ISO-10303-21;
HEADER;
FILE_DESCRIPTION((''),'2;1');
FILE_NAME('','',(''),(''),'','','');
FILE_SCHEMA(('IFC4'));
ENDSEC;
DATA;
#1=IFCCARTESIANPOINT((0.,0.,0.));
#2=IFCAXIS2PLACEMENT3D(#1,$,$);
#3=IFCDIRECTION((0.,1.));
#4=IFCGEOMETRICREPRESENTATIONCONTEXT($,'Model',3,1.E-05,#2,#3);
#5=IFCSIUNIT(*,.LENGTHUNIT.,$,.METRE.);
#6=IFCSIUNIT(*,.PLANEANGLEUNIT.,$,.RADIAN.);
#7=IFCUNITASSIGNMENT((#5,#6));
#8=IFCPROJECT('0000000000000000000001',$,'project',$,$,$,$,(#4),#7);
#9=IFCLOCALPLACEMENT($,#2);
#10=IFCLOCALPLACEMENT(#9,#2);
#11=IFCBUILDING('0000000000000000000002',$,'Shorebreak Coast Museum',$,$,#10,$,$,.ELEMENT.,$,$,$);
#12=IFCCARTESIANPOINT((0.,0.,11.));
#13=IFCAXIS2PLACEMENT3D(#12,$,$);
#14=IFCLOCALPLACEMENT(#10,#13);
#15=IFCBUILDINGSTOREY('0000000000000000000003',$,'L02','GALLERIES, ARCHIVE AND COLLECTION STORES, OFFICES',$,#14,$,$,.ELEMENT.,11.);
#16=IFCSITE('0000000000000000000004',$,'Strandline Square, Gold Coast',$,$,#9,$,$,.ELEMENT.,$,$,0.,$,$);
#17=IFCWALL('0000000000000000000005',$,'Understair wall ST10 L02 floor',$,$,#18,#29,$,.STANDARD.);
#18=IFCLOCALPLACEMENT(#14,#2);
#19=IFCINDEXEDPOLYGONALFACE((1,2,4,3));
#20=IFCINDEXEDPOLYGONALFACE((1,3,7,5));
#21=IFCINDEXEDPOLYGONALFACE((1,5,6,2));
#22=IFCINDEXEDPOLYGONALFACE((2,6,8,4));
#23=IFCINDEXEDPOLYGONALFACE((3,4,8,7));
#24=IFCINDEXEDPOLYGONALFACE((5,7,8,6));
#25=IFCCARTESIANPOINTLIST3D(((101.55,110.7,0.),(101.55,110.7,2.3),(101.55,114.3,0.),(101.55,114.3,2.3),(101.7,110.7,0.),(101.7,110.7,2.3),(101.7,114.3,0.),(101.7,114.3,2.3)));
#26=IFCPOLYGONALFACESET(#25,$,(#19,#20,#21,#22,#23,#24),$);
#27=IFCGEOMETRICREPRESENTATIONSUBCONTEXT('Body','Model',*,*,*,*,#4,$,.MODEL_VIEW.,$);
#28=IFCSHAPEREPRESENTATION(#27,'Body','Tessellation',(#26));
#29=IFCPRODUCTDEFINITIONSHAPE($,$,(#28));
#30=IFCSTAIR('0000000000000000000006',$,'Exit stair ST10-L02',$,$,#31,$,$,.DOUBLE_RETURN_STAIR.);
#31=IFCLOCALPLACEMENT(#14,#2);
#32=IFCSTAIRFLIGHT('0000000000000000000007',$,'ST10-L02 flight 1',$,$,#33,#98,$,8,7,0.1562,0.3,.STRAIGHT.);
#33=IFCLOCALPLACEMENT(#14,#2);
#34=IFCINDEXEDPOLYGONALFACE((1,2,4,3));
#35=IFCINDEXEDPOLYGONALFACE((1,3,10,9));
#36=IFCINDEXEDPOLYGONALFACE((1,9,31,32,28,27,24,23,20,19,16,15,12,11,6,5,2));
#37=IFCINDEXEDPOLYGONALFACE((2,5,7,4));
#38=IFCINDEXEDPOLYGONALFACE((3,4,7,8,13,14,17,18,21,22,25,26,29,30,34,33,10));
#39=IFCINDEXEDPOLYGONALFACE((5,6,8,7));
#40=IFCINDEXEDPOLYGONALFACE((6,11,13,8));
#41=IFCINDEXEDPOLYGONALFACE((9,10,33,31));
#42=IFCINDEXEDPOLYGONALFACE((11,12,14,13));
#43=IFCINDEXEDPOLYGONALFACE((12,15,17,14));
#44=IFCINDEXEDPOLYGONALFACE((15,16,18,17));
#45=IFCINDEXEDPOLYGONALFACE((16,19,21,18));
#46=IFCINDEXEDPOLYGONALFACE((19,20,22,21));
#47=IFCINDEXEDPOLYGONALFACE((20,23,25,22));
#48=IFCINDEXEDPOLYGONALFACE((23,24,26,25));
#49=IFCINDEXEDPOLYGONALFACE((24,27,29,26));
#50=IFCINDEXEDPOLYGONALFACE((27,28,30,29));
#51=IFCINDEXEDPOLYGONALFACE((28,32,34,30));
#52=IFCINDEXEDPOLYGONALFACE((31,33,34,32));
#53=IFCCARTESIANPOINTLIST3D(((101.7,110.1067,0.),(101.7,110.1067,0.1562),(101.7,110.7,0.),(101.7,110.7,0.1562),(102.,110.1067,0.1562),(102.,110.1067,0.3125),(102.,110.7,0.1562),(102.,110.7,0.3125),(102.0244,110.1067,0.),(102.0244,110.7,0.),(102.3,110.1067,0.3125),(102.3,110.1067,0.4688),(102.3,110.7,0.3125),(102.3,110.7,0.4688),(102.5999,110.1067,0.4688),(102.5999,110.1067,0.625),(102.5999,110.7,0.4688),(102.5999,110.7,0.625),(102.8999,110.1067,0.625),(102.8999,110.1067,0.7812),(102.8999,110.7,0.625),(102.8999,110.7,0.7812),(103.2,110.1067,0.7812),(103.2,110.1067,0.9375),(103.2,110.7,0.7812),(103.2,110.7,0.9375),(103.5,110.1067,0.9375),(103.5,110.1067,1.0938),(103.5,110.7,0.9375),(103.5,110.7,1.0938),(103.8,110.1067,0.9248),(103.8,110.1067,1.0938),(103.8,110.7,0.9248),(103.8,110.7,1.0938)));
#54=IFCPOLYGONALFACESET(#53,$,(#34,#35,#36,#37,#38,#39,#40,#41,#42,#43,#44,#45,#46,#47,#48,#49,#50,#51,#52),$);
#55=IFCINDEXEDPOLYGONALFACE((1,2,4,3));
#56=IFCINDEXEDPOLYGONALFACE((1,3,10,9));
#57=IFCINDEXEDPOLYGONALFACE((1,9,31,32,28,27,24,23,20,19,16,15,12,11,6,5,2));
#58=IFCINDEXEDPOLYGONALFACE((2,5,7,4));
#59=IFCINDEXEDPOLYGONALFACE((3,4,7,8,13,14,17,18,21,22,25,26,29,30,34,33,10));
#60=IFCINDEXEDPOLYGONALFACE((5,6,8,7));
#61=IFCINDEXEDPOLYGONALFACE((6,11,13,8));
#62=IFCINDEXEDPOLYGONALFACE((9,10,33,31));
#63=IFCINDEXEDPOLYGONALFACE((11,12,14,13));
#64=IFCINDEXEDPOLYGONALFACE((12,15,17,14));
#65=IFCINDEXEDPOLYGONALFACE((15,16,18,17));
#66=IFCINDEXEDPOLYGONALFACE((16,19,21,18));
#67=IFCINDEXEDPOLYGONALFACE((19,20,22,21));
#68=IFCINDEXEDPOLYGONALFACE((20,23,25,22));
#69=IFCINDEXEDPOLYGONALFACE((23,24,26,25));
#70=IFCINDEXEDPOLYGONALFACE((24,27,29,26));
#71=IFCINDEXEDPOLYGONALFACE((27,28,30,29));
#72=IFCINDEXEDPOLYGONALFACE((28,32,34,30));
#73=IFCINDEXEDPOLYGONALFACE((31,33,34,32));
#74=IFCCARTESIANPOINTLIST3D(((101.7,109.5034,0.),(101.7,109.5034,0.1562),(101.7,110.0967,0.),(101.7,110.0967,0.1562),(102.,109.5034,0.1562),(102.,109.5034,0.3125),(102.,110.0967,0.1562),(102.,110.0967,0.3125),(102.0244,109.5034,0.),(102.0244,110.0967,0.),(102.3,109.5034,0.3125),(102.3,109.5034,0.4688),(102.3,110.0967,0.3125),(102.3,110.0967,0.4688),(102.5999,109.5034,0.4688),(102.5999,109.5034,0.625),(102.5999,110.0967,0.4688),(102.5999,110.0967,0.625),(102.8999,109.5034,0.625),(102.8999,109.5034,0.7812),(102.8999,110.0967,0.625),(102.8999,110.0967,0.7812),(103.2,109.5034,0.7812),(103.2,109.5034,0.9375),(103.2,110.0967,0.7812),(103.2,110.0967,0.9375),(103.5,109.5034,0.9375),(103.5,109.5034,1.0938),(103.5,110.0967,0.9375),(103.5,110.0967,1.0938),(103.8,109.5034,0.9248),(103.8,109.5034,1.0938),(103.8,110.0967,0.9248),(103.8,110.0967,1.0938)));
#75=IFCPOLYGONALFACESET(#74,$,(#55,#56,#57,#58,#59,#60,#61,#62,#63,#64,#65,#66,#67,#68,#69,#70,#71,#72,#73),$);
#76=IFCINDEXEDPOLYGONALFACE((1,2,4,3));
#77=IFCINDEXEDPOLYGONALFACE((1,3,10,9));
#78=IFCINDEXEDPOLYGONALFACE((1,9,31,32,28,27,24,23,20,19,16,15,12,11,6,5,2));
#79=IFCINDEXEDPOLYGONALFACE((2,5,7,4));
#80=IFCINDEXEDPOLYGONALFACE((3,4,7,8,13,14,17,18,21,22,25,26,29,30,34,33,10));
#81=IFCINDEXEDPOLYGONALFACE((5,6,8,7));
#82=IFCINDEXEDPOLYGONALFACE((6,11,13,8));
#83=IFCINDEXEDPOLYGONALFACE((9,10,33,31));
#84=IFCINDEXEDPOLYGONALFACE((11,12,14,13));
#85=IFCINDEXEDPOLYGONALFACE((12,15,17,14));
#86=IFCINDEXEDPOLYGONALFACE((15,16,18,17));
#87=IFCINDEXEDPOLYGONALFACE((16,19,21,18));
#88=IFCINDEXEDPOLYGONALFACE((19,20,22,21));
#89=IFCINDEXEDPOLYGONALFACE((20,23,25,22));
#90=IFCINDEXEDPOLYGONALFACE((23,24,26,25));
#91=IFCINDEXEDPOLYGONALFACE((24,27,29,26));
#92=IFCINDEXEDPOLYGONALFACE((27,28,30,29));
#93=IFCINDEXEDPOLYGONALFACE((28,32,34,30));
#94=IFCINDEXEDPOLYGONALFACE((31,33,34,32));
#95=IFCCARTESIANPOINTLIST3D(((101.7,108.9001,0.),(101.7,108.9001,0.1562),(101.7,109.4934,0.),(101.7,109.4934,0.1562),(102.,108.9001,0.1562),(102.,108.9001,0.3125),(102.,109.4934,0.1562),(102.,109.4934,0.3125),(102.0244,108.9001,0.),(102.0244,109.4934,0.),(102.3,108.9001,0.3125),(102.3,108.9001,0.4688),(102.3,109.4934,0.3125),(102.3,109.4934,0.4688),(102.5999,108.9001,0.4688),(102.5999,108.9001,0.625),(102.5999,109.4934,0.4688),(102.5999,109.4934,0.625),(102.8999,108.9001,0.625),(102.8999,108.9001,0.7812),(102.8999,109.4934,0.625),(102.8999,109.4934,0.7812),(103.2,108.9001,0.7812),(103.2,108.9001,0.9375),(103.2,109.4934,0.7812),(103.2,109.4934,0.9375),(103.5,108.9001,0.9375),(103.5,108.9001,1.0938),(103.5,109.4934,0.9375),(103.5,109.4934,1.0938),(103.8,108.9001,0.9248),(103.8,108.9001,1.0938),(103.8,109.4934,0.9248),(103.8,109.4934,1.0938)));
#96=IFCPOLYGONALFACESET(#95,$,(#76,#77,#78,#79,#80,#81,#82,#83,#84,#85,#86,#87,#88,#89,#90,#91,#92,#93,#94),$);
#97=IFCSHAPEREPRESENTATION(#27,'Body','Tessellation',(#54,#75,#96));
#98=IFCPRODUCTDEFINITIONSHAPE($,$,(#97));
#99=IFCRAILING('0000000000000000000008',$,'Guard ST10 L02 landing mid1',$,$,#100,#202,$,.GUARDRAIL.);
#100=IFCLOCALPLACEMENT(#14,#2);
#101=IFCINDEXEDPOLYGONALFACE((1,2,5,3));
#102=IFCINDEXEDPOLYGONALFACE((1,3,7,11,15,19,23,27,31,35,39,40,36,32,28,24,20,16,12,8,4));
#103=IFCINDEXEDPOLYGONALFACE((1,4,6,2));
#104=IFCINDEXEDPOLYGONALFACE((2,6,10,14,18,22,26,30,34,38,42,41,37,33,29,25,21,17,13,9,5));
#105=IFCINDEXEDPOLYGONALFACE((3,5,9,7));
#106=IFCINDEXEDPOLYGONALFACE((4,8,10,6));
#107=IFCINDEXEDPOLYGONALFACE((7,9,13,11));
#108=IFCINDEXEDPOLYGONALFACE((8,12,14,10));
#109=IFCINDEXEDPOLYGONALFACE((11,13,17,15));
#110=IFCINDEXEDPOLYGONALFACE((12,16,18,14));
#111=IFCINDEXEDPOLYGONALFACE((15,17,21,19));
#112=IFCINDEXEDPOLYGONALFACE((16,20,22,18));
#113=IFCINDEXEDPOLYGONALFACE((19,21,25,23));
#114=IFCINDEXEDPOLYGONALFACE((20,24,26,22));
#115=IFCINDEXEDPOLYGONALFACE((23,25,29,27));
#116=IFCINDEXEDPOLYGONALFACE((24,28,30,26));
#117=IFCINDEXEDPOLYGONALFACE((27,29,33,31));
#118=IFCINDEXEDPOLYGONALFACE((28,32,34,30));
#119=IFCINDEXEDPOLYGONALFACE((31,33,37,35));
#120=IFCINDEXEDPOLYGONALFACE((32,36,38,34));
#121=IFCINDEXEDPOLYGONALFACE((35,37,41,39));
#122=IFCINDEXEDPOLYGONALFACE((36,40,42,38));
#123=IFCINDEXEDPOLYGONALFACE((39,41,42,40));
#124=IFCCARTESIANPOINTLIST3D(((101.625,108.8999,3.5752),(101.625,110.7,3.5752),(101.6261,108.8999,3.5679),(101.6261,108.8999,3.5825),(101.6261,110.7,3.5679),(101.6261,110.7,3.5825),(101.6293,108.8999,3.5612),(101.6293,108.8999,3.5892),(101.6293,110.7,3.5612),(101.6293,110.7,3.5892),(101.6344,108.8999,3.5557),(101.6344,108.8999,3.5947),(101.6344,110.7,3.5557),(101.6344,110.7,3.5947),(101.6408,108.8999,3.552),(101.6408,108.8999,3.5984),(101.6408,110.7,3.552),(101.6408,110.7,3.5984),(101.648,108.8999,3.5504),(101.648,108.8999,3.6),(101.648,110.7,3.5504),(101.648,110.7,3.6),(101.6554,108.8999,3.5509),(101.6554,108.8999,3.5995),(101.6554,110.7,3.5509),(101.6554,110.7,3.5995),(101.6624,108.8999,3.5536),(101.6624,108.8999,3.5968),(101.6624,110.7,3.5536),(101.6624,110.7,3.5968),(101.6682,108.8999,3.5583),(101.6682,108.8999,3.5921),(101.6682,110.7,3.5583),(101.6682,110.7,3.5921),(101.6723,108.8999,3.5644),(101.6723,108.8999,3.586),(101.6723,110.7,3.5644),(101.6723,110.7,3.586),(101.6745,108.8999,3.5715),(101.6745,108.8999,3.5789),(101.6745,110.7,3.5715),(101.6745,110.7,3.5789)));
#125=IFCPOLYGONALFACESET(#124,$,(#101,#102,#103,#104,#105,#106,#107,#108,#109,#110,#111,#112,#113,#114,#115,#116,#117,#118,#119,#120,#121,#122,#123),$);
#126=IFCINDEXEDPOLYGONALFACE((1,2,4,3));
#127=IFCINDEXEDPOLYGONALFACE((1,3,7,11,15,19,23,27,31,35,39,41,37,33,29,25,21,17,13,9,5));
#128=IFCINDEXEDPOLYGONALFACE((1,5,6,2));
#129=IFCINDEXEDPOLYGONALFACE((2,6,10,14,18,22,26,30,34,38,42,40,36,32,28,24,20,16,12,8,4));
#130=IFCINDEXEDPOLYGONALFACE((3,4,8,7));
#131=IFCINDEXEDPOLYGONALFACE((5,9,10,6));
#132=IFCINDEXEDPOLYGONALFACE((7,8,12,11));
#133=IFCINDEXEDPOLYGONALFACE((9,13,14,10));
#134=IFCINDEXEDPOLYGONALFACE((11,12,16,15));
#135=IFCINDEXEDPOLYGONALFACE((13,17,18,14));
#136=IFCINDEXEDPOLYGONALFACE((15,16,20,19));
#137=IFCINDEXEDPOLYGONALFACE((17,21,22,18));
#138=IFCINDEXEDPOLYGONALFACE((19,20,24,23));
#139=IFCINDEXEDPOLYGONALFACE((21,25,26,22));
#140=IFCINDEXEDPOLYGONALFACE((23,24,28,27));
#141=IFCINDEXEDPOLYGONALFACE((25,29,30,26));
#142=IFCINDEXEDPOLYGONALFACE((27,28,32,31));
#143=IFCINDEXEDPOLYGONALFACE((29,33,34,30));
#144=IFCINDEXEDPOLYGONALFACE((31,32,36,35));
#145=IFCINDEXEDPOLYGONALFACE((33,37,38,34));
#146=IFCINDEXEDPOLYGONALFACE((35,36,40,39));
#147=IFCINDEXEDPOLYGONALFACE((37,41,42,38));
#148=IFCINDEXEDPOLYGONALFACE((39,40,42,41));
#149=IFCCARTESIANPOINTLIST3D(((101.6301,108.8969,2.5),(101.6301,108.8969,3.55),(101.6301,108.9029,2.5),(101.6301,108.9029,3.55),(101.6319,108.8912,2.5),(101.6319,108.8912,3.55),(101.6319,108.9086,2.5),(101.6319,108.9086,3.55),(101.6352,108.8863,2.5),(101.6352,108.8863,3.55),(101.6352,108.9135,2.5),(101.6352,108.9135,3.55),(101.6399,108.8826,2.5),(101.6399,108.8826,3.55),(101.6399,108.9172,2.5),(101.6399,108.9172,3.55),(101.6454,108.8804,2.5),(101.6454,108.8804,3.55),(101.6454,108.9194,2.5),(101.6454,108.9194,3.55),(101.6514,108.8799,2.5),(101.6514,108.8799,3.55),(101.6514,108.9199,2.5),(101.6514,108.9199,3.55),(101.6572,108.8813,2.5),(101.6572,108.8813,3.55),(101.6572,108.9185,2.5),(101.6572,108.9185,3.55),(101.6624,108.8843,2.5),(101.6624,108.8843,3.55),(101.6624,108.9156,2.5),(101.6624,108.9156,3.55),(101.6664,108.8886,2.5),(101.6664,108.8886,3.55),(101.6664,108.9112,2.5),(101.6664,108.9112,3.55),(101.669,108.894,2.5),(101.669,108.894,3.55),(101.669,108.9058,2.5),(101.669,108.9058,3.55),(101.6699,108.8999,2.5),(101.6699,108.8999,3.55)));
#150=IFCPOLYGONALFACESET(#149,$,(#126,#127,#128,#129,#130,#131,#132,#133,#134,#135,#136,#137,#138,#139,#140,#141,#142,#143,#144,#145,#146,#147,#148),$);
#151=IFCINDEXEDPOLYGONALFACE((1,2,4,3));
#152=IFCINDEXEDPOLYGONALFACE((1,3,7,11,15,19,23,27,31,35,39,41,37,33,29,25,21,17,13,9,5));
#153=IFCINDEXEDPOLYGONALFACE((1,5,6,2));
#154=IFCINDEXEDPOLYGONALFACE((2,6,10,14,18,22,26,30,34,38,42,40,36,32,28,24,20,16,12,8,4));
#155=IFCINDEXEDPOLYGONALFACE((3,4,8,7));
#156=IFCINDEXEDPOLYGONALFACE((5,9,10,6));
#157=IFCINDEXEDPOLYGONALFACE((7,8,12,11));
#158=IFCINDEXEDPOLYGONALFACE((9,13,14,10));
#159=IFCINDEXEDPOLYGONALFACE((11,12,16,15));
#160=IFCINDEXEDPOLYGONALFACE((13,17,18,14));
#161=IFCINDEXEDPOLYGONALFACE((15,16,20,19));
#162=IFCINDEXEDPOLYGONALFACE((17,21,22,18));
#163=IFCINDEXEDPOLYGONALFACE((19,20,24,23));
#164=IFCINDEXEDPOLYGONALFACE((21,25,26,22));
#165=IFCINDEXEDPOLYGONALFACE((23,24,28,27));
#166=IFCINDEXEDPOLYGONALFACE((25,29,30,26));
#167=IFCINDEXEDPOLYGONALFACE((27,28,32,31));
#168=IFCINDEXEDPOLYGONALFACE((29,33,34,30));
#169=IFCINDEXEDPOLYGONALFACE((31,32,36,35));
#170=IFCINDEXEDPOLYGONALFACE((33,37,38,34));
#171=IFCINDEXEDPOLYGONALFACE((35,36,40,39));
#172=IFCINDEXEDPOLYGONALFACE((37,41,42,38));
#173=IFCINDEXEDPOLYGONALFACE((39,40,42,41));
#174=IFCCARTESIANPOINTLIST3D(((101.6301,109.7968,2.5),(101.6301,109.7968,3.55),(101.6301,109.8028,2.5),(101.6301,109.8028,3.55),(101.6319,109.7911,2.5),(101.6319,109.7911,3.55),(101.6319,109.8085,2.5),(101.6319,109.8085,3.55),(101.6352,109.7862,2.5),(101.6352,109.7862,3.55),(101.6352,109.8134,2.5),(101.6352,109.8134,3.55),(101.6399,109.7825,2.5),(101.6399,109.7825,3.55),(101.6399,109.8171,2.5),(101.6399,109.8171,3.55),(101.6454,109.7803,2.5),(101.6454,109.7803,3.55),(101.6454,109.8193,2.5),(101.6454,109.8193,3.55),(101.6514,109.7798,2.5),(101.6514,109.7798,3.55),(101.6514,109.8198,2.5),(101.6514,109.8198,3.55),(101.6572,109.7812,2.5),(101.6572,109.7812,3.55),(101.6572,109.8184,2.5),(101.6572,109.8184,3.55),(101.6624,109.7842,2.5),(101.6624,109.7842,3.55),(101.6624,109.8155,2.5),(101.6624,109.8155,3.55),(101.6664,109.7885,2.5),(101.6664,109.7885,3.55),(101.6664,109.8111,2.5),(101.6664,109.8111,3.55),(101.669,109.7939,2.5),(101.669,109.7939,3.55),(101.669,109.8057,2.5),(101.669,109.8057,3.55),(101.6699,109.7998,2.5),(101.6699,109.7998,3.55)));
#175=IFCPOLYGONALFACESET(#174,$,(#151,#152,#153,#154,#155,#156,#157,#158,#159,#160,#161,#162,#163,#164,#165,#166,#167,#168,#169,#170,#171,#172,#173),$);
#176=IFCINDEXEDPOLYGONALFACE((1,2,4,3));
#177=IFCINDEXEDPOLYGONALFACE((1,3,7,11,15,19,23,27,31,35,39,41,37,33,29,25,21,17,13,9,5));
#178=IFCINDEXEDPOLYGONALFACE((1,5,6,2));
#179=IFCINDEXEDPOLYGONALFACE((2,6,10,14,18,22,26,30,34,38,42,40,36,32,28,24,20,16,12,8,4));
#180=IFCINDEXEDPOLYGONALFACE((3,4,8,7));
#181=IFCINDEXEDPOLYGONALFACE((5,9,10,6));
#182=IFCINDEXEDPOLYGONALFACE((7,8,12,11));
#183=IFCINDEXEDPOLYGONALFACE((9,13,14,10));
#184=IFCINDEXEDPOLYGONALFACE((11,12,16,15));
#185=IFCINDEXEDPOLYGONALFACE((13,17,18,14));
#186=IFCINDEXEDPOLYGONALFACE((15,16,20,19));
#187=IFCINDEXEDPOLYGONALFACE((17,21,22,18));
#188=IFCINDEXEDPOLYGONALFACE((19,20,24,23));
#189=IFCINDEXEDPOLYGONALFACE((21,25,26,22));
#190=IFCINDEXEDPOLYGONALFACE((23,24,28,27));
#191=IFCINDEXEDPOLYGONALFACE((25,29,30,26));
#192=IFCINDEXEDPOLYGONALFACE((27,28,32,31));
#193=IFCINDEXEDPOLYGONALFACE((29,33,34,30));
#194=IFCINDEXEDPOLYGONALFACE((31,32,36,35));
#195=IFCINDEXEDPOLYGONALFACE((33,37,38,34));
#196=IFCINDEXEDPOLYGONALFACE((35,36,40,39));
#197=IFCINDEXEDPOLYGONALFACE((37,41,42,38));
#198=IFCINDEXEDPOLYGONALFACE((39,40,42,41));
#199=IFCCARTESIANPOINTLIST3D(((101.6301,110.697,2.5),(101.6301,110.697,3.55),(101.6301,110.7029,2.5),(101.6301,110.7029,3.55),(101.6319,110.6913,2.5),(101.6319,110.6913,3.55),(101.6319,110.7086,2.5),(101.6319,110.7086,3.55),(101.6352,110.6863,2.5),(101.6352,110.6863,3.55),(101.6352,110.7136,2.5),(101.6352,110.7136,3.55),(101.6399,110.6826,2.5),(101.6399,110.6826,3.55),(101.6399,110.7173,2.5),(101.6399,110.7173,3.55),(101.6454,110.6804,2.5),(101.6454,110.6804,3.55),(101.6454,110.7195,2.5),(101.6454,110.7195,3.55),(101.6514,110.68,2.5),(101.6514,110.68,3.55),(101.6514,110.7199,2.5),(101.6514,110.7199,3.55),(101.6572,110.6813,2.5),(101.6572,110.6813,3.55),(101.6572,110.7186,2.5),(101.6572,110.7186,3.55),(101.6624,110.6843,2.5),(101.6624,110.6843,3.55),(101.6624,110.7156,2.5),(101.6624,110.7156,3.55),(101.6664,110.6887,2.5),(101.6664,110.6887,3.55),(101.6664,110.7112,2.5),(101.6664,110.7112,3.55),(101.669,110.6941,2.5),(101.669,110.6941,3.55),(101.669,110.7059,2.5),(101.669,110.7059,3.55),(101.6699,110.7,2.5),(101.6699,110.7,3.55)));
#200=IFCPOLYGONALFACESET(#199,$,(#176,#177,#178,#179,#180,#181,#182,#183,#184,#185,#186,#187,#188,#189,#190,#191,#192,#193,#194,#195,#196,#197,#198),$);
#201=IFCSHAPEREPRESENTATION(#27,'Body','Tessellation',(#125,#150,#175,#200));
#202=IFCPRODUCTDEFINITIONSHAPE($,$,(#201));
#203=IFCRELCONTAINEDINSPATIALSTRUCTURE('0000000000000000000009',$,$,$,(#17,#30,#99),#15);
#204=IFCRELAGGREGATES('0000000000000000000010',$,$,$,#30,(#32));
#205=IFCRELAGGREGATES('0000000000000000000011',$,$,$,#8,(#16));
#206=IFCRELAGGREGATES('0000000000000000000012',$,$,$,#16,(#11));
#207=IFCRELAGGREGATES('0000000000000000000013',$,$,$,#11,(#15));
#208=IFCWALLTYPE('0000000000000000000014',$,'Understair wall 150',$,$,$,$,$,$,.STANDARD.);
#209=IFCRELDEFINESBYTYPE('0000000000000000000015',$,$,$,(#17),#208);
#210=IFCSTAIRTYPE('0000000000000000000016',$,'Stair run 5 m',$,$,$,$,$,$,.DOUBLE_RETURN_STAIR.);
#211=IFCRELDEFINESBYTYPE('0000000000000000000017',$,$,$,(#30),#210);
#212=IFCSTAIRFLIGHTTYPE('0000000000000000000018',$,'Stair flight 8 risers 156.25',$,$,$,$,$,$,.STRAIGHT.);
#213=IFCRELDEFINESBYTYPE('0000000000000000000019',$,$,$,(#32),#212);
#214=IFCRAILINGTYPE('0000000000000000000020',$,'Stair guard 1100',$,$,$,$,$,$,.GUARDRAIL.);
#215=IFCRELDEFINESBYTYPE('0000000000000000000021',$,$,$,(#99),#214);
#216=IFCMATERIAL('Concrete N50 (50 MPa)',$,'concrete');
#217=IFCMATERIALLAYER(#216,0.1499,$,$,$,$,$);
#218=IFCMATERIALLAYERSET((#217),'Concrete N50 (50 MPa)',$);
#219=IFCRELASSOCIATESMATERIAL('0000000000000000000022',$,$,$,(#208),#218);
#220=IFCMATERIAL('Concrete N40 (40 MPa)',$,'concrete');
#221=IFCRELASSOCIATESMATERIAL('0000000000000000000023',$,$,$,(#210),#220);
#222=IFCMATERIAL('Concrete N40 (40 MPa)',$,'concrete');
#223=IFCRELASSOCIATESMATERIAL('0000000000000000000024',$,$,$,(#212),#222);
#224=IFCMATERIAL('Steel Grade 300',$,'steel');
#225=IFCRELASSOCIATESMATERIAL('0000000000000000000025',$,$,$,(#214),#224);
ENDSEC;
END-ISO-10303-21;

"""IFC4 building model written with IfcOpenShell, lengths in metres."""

from ifc_helpers import new_model, si_unit, direction, frame, frame_2d, origin, origin_2d, place, context, subcontext, project, spatial, polyline, rectangle, circle, outline, extrude, material, layer, layer_set, type_object, element, aggregate, save


model = new_model("IFC4")

# Units and contexts
model_context = context("Model", 3, precision=1e-05, world=origin(), true_north=direction((0.0, 1.0)))
body_context = subcontext(model_context, "Body", "Model", "MODEL_VIEW")
ifc_project = project(units=[si_unit("LENGTHUNIT", "METRE"), si_unit("PLANEANGLEUNIT", "RADIAN")], contexts=[model_context])

# Site, building, storey
site_placement = place(None, origin())
site = spatial("IfcSite", under=ifc_project, at=site_placement, Name="Strandline Square, Gold Coast", CompositionType="ELEMENT", RefElevation=0.0)
building_placement = place(site_placement, origin())
building = spatial("IfcBuilding", under=site, at=building_placement, Name="Shorebreak Coast Museum", CompositionType="ELEMENT")
storey_placement = place(building_placement, frame((0.0, 0.0, 11.0)))
storey = spatial("IfcBuildingStorey", under=building, at=storey_placement, Name="L02", Description="GALLERIES, ARCHIVE AND COLLECTION STORES, OFFICES", CompositionType="ELEMENT", Elevation=11.0)

# Wall
ifc_material_1 = material(Name="Concrete N50 (50 MPa)", Category="concrete")
ifc_layer_1 = layer(ifc_material_1, 0.1499)
ifc_layer_set_1 = layer_set([ifc_layer_1], Name="Concrete N50 (50 MPa)")
wall_type_1 = type_object("IfcWallType", Name="Understair wall 150", PredefinedType="STANDARD", material=ifc_layer_set_1)
wall_1_placement = place(storey_placement, frame((101.625, 110.7, 0.0), z_axis=(0.0, 0.0, 1.0), x_axis=(0.0, 1.0, 0.0)))
element("IfcWall", 1, at=wall_1_placement, inside=storey, type_object=wall_type_1, Name="Understair wall ST10 L02 floor", PredefinedType="STANDARD", context=body_context, shape_type="SweptSolid", body=[
    extrude(rectangle(XDim=3.6001, YDim=0.1499, at=frame_2d((1.8, 0.0))), origin(), (0.0, 0.0, 1.0), 2.3),
])

# Stair, stair flight
ifc_material_2 = material(Name="Concrete N40 (40 MPa)", Category="concrete")
stair_type = type_object("IfcStairType", Name="Stair run 5 m", PredefinedType="DOUBLE_RETURN_STAIR", material=ifc_material_2)
stair_placement = place(storey_placement, origin())
stair = element("IfcStair", 2, at=stair_placement, inside=storey, type_object=stair_type, Name="Exit stair ST10-L02", PredefinedType="DOUBLE_RETURN_STAIR")
ifc_material_3 = material(Name="Concrete N40 (40 MPa)", Category="concrete")
stair_flight_type = type_object("IfcStairFlightType", Name="Stair flight 8 risers 156.25", PredefinedType="STRAIGHT", material=ifc_material_3)
stair_flight_placement = place(storey_placement, frame((101.7, 109.8, 0.0), z_axis=(0.0, 0.0, 1.0), x_axis=(1.0, 0.0, 0.0)))
stair_flight = element("IfcStairFlight", 3, at=stair_flight_placement, type_object=stair_flight_type, Name="ST10-L02 flight 1", NumberOfRisers=8, NumberOfTreads=7, PredefinedType="STRAIGHT", RiserHeight=0.1562, TreadLength=0.3, context=body_context, shape_type="SweptSolid", body=[
    extrude(outline(polyline([(0.0, 0.0), (0.0, 0.1562), (0.3, 0.1562), (0.3, 0.3125), (0.6001, 0.3125), (0.6001, 0.4688), (0.8999, 0.4688), (0.8999, 0.625), (1.2, 0.625), (1.2, 0.7812), (1.5, 0.7812), (1.5, 0.9375), (1.8, 0.9375), (1.8, 1.0938), (2.1001, 1.0938), (2.1001, 1.25), (2.1001, 0.9248), (0.3245, 0.0), (0.0, 0.0)])), frame((0.0, 0.8999, 0.0), z_axis=(0.0, -1.0, 0.0), x_axis=(1.0, 0.0, 0.0)), (0.0, 0.0, 1.0), 0.5933),
    extrude(outline(polyline([(0.0, 0.0), (0.0, 0.1562), (0.3, 0.1562), (0.3, 0.3125), (0.6001, 0.3125), (0.6001, 0.4688), (0.8999, 0.4688), (0.8999, 0.625), (1.2, 0.625), (1.2, 0.7812), (1.5, 0.7812), (1.5, 0.9375), (1.8, 0.9375), (1.8, 1.0938), (2.1001, 1.0938), (2.1001, 1.25), (2.1001, 0.9248), (0.3245, 0.0), (0.0, 0.0)])), frame((0.0, 0.2966, 0.0), z_axis=(0.0, -1.0, 0.0), x_axis=(1.0, 0.0, 0.0)), (0.0, 0.0, 1.0), 0.5933),
    extrude(outline(polyline([(0.0, 0.0), (0.0, 0.1562), (0.3, 0.1562), (0.3, 0.3125), (0.6001, 0.3125), (0.6001, 0.4688), (0.8999, 0.4688), (0.8999, 0.625), (1.2, 0.625), (1.2, 0.7812), (1.5, 0.7812), (1.5, 0.9375), (1.8, 0.9375), (1.8, 1.0938), (2.1001, 1.0938), (2.1001, 1.25), (2.1001, 0.9248), (0.3245, 0.0), (0.0, 0.0)])), frame((0.0, -0.3066, 0.0), z_axis=(0.0, -1.0, 0.0), x_axis=(1.0, 0.0, 0.0)), (0.0, 0.0, 1.0), 0.5933),
])
aggregate(stair, [stair_flight])

# Railing
ifc_material_4 = material(Name="Steel Grade 300", Category="steel")
railing_type_1 = type_object("IfcRailingType", Name="Stair guard 1100", PredefinedType="GUARDRAIL", material=ifc_material_4)
railing_1_placement = place(storey_placement, frame((101.6499, 108.8999, 2.5)))
element("IfcRailing", 4, at=railing_1_placement, inside=storey, type_object=railing_type_1, Name="Guard ST10 L02 landing mid1", PredefinedType="GUARDRAIL", context=body_context, shape_type="SweptSolid", body=[
    extrude(circle(Radius=0.0249, at=origin_2d()), frame((0.0, 0.0, 1.0752), z_axis=(0.0, 1.0, 0.0), x_axis=(-1.0, 0.0, 0.0)), (0.0, 0.0, 1.0), 1.8),
    extrude(circle(Radius=0.02, at=origin_2d()), origin(), (0.0, 0.0, 1.0), 1.05),
    extrude(circle(Radius=0.02, at=origin_2d()), frame((0.0, 0.8999, 0.0)), (0.0, 0.0, 1.0), 1.05),
    extrude(circle(Radius=0.02, at=origin_2d()), frame((0.0, 1.8, 0.0)), (0.0, 0.0, 1.0), 1.05),
])

save(model, "model.ifc")
